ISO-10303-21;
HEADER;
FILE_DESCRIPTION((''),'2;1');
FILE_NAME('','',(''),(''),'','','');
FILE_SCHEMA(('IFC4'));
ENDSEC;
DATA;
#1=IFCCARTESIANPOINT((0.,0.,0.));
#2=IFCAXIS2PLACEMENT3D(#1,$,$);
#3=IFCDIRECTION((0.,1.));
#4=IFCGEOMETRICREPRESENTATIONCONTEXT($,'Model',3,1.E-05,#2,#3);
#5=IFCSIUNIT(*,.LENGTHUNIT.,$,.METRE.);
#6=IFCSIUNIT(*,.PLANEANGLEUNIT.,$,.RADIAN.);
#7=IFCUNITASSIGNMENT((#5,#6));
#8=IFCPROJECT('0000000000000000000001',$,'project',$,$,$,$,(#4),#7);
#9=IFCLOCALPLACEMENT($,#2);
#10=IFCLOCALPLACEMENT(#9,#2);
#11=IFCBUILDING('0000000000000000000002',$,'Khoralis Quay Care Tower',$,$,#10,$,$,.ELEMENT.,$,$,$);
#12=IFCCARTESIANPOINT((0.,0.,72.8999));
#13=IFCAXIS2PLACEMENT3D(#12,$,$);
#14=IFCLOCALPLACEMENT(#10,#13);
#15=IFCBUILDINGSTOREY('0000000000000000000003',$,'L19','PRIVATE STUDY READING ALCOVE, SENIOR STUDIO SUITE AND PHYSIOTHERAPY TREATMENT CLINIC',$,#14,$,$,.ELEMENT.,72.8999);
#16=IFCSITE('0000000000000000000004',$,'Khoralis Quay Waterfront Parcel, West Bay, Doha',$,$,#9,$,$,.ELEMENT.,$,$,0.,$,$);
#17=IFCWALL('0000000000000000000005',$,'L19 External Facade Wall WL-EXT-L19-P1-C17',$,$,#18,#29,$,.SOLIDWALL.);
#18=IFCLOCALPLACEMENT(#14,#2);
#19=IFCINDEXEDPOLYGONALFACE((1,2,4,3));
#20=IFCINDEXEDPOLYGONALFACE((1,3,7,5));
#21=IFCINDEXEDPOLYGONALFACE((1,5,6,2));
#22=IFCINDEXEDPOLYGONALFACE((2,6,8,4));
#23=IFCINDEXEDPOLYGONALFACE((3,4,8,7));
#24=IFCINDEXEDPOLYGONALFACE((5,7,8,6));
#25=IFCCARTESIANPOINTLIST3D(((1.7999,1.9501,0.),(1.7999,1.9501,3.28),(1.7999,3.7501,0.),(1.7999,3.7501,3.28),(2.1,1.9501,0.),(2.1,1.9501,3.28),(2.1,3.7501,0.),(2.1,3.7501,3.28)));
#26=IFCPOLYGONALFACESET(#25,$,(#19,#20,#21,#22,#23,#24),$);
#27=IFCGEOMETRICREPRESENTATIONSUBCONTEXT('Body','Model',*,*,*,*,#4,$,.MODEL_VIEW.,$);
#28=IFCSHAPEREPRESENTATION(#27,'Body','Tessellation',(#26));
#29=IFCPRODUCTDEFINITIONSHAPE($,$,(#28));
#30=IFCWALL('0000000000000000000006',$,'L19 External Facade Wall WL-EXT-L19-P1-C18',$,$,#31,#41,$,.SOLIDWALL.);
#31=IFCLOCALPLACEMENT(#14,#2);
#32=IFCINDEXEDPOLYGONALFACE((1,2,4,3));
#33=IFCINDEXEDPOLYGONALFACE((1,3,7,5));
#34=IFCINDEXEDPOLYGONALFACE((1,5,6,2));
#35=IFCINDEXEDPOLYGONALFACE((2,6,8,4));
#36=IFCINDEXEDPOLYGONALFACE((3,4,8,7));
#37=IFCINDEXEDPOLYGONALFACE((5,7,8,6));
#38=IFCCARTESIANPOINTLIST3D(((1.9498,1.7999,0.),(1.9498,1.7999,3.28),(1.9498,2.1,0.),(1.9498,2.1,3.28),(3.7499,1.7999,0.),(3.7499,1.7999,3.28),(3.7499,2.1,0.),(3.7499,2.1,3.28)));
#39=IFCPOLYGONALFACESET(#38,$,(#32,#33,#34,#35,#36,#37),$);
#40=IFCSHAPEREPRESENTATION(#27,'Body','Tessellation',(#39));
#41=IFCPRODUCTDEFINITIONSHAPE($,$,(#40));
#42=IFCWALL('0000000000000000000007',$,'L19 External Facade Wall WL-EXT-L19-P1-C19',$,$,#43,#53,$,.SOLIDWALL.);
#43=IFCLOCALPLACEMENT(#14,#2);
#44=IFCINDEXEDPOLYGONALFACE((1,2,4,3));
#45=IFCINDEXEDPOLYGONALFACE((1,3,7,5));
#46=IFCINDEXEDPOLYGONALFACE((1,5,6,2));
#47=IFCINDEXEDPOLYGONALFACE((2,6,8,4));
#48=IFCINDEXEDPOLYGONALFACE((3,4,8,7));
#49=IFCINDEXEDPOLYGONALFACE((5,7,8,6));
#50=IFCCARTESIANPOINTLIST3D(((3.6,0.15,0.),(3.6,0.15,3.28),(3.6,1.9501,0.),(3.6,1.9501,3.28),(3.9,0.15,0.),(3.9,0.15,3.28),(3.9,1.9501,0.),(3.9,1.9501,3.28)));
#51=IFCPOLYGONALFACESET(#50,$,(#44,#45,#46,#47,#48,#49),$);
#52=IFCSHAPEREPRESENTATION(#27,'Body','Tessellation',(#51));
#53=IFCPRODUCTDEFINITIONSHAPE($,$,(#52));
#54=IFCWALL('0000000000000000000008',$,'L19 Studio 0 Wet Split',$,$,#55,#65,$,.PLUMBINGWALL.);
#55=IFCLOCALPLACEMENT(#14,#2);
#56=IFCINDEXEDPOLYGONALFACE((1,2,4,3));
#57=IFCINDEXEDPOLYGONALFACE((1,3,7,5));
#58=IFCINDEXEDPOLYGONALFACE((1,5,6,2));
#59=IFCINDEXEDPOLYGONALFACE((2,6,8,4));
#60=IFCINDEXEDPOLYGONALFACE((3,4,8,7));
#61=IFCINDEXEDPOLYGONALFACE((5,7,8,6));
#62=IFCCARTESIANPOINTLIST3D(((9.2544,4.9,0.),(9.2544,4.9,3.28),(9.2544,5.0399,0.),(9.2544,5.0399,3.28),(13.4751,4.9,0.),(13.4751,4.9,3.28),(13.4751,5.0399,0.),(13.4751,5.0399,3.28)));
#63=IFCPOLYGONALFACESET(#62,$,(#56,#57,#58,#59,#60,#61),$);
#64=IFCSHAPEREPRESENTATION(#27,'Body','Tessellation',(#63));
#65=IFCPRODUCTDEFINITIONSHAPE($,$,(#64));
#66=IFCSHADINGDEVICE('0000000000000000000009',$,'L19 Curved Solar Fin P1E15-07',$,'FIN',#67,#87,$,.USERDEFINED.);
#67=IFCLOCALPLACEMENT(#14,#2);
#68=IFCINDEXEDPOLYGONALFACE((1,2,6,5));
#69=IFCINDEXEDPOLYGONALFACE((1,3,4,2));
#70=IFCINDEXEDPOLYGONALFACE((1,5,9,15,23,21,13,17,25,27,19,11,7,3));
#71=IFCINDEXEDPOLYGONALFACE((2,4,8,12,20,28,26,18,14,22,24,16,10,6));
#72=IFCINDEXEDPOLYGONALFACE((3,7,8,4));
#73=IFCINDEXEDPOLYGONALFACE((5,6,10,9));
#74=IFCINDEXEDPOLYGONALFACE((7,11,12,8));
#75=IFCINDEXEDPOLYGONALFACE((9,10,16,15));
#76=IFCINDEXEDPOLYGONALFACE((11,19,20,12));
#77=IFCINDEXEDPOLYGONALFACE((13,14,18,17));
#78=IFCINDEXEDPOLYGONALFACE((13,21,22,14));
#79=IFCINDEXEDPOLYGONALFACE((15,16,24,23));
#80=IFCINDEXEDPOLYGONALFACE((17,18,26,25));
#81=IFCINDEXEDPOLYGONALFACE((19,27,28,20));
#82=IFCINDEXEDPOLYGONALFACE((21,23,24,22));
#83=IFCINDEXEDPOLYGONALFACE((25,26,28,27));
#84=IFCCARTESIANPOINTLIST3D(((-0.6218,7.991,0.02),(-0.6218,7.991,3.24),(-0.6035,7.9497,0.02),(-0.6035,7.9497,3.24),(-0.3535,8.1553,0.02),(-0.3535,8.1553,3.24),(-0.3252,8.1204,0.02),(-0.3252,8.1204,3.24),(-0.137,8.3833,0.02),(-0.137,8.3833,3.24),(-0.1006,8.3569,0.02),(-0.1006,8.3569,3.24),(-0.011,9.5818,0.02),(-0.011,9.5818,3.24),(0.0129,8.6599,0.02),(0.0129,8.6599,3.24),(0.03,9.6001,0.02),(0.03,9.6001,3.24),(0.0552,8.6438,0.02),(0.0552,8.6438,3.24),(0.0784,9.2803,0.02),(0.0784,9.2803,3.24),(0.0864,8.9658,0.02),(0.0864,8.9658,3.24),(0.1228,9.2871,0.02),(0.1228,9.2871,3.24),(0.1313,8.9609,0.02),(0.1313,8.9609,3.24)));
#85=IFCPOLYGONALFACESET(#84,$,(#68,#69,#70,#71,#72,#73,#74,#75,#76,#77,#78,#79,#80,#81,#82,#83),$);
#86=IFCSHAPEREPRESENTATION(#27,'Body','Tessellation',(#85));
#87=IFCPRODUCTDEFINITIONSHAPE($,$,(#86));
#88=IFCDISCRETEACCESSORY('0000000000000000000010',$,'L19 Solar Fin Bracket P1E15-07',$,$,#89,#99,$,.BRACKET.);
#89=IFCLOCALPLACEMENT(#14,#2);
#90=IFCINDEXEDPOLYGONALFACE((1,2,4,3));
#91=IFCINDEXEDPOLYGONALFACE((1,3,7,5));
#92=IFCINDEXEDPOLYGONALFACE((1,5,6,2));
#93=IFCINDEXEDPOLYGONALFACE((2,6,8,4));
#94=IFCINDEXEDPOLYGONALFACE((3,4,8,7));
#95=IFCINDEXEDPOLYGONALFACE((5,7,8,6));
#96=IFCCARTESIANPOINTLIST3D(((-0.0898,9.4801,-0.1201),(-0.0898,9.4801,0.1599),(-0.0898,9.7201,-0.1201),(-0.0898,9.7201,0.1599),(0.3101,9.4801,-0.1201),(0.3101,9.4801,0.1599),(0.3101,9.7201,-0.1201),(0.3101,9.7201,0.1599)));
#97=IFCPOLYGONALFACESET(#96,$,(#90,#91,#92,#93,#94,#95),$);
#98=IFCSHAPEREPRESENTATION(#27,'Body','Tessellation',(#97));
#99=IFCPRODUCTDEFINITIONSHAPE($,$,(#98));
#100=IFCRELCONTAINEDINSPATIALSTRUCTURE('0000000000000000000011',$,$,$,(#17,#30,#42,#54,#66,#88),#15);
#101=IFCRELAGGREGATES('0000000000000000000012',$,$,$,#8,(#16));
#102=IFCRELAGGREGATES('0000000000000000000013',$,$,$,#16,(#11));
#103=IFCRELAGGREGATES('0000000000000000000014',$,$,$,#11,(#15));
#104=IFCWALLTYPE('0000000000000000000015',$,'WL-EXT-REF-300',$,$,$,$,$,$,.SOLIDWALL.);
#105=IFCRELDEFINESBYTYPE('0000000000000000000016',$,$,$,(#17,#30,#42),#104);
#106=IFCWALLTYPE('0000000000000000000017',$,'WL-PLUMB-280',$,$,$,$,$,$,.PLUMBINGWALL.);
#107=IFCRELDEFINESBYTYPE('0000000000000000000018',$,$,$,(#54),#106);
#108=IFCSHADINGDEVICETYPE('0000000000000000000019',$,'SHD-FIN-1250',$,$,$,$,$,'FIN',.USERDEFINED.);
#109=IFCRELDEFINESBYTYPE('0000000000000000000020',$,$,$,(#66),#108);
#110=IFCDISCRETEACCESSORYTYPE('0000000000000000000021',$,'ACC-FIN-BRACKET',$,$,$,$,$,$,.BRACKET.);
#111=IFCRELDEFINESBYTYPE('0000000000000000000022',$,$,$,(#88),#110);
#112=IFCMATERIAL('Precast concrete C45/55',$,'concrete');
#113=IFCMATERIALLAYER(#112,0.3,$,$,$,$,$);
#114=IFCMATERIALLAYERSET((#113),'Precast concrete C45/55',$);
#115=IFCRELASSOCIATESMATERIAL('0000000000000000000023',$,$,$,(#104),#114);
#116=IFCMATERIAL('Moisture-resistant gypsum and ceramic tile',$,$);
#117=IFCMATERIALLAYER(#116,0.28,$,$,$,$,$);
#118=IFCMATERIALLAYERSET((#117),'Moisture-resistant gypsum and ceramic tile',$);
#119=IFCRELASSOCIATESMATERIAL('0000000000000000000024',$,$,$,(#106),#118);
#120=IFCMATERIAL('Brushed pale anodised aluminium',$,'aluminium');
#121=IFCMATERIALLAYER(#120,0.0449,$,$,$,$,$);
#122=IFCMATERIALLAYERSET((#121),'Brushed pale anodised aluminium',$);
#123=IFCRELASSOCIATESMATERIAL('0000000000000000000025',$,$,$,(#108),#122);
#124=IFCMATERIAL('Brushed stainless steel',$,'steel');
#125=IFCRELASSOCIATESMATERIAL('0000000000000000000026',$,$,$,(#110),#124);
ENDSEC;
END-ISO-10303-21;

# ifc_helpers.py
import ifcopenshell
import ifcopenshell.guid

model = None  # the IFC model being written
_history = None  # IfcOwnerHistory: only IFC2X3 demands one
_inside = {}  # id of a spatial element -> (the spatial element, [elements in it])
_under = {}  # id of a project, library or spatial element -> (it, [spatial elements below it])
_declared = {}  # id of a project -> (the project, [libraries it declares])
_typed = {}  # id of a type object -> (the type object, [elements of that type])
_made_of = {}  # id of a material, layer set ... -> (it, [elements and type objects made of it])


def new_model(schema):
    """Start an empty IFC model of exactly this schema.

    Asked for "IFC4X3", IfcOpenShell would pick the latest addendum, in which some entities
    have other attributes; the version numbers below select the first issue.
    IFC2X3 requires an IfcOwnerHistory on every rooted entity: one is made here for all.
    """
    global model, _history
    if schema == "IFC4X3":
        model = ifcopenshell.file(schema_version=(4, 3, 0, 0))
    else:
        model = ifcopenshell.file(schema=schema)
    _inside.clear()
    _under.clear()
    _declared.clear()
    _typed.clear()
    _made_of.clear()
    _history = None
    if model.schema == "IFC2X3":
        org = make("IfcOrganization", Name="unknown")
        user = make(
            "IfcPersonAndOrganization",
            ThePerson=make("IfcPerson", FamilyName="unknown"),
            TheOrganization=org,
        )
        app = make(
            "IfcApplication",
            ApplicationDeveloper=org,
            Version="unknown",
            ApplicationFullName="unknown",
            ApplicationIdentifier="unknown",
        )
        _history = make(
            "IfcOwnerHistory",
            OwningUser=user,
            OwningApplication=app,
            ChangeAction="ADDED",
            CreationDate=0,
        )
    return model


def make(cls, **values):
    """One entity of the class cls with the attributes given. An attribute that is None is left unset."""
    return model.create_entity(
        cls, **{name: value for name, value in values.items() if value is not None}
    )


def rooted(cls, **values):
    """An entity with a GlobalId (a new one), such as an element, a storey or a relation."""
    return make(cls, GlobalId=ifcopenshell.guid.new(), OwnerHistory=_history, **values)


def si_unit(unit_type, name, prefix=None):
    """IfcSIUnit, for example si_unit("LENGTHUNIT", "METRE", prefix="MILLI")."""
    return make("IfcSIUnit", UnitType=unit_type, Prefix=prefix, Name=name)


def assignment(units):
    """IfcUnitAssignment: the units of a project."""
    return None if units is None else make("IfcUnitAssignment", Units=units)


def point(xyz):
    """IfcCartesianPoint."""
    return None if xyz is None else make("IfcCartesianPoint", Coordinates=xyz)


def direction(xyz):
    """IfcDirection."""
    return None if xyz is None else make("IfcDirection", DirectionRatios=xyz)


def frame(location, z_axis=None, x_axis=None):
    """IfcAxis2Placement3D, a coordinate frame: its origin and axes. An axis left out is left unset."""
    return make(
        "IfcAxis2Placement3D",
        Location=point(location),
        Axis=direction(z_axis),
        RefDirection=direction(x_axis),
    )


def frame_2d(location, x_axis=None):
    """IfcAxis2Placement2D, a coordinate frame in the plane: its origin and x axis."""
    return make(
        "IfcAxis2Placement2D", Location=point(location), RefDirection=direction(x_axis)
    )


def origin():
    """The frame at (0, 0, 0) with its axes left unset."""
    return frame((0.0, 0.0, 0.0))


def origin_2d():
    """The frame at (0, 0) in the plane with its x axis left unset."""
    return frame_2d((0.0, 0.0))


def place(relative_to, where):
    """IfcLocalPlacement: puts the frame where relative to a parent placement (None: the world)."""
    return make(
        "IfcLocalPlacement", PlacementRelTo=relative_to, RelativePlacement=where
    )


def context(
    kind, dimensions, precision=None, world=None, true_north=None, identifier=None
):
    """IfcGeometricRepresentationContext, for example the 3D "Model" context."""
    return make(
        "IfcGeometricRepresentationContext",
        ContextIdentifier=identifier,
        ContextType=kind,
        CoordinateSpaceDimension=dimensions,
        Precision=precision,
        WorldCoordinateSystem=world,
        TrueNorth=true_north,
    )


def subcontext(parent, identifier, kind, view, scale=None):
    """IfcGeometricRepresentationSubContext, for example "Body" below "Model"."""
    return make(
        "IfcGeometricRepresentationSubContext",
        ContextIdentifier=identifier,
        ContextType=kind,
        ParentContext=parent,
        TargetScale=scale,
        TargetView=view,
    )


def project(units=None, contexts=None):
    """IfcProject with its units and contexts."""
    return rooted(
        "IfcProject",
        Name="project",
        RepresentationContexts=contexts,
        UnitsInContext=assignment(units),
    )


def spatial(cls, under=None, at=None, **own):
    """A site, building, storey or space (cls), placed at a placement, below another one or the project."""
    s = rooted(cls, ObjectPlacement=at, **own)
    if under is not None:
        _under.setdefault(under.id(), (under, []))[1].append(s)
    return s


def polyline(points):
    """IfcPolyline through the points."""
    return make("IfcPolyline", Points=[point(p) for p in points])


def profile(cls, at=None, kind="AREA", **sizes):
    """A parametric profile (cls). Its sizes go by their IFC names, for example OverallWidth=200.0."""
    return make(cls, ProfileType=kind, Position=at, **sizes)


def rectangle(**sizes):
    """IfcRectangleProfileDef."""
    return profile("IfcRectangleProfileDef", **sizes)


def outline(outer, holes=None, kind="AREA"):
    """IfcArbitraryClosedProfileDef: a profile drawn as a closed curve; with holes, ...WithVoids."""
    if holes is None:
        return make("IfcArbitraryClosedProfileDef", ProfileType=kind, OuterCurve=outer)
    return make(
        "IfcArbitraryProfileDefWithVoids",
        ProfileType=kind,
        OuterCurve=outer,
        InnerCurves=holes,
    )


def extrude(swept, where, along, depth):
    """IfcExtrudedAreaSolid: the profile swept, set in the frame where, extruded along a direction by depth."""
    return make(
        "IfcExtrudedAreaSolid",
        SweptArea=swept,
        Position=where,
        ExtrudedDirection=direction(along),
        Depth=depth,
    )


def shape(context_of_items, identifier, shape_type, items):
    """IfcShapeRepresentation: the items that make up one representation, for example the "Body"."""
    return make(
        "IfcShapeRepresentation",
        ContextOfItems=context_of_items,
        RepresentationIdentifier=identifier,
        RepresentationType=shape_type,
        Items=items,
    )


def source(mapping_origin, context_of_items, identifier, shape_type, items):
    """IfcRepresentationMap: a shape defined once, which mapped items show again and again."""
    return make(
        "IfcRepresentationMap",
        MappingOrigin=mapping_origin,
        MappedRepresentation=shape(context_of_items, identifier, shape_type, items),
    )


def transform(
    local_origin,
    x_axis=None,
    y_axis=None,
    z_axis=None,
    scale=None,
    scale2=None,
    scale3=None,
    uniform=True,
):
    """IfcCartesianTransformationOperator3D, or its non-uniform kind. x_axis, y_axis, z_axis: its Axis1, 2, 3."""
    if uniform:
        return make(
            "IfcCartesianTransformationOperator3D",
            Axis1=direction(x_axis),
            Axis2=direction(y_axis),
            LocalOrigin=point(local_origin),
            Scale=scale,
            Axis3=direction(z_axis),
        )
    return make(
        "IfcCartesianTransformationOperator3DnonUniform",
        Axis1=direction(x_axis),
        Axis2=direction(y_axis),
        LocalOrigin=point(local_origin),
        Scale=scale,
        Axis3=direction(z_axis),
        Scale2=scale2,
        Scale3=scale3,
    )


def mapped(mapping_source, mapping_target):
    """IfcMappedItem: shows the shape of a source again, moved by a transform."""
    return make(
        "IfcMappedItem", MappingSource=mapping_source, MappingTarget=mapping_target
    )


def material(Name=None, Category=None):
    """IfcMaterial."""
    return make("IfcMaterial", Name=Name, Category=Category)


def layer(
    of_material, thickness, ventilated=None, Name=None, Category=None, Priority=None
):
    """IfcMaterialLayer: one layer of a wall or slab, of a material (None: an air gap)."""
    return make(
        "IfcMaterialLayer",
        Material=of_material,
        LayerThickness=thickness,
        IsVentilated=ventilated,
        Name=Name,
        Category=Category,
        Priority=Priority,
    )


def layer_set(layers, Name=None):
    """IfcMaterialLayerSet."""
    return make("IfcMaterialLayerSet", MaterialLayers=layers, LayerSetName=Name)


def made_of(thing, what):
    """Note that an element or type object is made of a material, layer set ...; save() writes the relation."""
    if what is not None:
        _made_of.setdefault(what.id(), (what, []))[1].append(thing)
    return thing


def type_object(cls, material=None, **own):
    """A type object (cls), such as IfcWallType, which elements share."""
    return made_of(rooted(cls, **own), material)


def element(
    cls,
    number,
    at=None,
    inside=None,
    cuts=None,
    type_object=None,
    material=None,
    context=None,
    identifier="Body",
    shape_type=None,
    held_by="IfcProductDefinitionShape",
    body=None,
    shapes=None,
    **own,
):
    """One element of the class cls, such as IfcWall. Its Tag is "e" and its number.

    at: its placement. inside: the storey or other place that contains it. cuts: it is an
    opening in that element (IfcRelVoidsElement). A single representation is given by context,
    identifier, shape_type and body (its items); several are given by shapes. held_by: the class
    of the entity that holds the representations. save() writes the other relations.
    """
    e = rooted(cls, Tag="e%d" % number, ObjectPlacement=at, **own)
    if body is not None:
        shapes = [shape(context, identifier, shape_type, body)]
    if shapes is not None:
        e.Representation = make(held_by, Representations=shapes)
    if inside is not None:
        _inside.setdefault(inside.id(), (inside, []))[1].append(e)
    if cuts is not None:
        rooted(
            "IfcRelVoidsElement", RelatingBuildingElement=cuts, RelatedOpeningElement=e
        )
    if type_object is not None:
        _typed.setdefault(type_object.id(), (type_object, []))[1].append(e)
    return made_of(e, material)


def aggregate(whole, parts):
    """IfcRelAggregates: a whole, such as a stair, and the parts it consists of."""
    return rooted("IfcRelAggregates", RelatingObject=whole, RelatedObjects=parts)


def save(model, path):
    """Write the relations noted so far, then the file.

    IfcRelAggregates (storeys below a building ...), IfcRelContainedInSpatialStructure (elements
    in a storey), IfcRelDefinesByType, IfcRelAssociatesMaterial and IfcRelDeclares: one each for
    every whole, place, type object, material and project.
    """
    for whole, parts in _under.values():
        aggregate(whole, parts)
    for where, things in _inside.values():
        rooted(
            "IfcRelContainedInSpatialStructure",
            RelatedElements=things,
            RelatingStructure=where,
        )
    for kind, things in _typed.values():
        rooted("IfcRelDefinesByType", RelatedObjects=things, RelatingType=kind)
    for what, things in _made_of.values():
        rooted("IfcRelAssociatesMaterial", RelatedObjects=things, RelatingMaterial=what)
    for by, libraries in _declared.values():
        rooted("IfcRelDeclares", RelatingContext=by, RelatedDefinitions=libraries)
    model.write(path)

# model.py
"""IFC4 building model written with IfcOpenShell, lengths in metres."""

from ifc_helpers import new_model, si_unit, direction, frame, frame_2d, origin, origin_2d, place, context, subcontext, project, spatial, polyline, rectangle, outline, extrude, source, transform, mapped, material, layer, layer_set, type_object, element, save


model = new_model("IFC4")

# Units and contexts
model_context = context("Model", 3, precision=1e-05, world=origin(), true_north=direction((0.0, 1.0)))
body_context = subcontext(model_context, "Body", "Model", "MODEL_VIEW")
ifc_project = project(units=[si_unit("LENGTHUNIT", "METRE"), si_unit("PLANEANGLEUNIT", "RADIAN")], contexts=[model_context])

# Site, building, storey
site_placement = place(None, origin())
site = spatial("IfcSite", under=ifc_project, at=site_placement, Name="Khoralis Quay Waterfront Parcel, West Bay, Doha", CompositionType="ELEMENT", RefElevation=0.0)
building_placement = place(site_placement, origin())
building = spatial("IfcBuilding", under=site, at=building_placement, Name="Khoralis Quay Care Tower", CompositionType="ELEMENT")
storey_placement = place(building_placement, frame((0.0, 0.0, 72.8999)))
storey = spatial("IfcBuildingStorey", under=building, at=storey_placement, Name="L19", Description="PRIVATE STUDY READING ALCOVE, SENIOR STUDIO SUITE AND PHYSIOTHERAPY TREATMENT CLINIC", CompositionType="ELEMENT", Elevation=72.8999)

# Walls
ifc_material_1 = material(Name="Precast concrete C45/55", Category="concrete")
ifc_layer_1 = layer(ifc_material_1, 0.3)
ifc_layer_set_1 = layer_set([ifc_layer_1], Name="Precast concrete C45/55")
wall_type_1 = type_object("IfcWallType", Name="WL-EXT-REF-300", PredefinedType="SOLIDWALL", material=ifc_layer_set_1)
for number, where, z_axis, x_axis, name in (
    (1, (1.95, 3.75, 0.0), (0.0, 0.0, 1.0), (0.0, -1.0, 0.0), "L19 External Facade Wall WL-EXT-L19-P1-C17"),
    (2, (1.95, 1.95, 0.0), (0.0, 0.0, 1.0), (1.0, 0.0, 0.0), "L19 External Facade Wall WL-EXT-L19-P1-C18"),
    (3, (3.75, 1.95, 0.0), (0.0, 0.0, 1.0), (0.0, -1.0, 0.0), "L19 External Facade Wall WL-EXT-L19-P1-C19"),
):
    element("IfcWall", number, at=place(storey_placement, frame(where, z_axis=z_axis, x_axis=x_axis)), inside=storey, type_object=wall_type_1, Name=name, PredefinedType="SOLIDWALL", context=body_context, shape_type="SweptSolid", body=[
        extrude(rectangle(XDim=1.8, YDim=0.3, at=frame_2d((0.8999, 0.0))), origin(), (0.0, 0.0, 1.0), 3.28),
    ])
ifc_material_2 = material(Name="Moisture-resistant gypsum and ceramic tile")
ifc_layer_2 = layer(ifc_material_2, 0.28)
ifc_layer_set_2 = layer_set([ifc_layer_2], Name="Moisture-resistant gypsum and ceramic tile")
wall_type_2 = type_object("IfcWallType", Name="WL-PLUMB-280", PredefinedType="PLUMBINGWALL", material=ifc_layer_set_2)
wall_1_placement = place(storey_placement, frame((9.2544, 4.97, 0.0), z_axis=(0.0, 0.0, 1.0), x_axis=(1.0, 0.0, 0.0)))
element("IfcWall", 4, at=wall_1_placement, inside=storey, type_object=wall_type_2, Name="L19 Studio 0 Wet Split", PredefinedType="PLUMBINGWALL", context=body_context, shape_type="SweptSolid", body=[
    extrude(rectangle(XDim=4.2207, YDim=0.1399, at=frame_2d((2.1104, 0.0))), origin(), (0.0, 0.0, 1.0), 3.28),
])

# Shading device
ifc_material_3 = material(Name="Brushed pale anodised aluminium", Category="aluminium")
ifc_layer_3 = layer(ifc_material_3, 0.0449)
ifc_layer_set_3 = layer_set([ifc_layer_3], Name="Brushed pale anodised aluminium")
shading_device_type = type_object("IfcShadingDeviceType", Name="SHD-FIN-1250", ElementType="FIN", PredefinedType="USERDEFINED", material=ifc_layer_set_3)
shared_shape_1 = source(origin(), body_context, "Body", "SweptSolid", [
    extrude(outline(polyline([(0.0, 0.0), (-0.0928, 0.313), (-0.1013, 0.6392), (-0.0251, 0.9563), (0.1306, 1.2432), (0.3552, 1.4797), (0.6335, 1.6504), (0.6519, 1.6091), (0.3835, 1.4448), (0.167, 1.2168), (0.0171, 0.9402), (-0.0564, 0.6343), (-0.0483, 0.3198), (0.041, 0.0183), (0.0, 0.0)])), origin(), (0.0, 0.0, 1.0), 3.22),
])
shading_device_placement = place(storey_placement, frame((0.03, 9.6001, 0.02), z_axis=(0.0, 0.0, 1.0), x_axis=(-1.0, 0.0, 0.0)))
element("IfcShadingDevice", 5, at=shading_device_placement, inside=storey, type_object=shading_device_type, Name="L19 Curved Solar Fin P1E15-07", ObjectType="FIN", PredefinedType="USERDEFINED", context=body_context, shape_type="MappedRepresentation", body=[
    mapped(shared_shape_1, transform((0.0, 0.0, 0.0), scale=1.0)),
])

# Discrete accessory
ifc_material_4 = material(Name="Brushed stainless steel", Category="steel")
discrete_accessory_type = type_object("IfcDiscreteAccessoryType", Name="ACC-FIN-BRACKET", PredefinedType="BRACKET", material=ifc_material_4)
shared_shape_2 = source(origin(), body_context, "Body", "SweptSolid", [
    extrude(rectangle(XDim=0.3999, YDim=0.24, at=origin_2d()), origin(), (0.0, 0.0, 1.0), 0.28),
])
discrete_accessory_placement = place(storey_placement, frame((0.1101, 9.6001, -0.1201), z_axis=(0.0, 0.0, 1.0), x_axis=(-1.0, 0.0, 0.0)))
element("IfcDiscreteAccessory", 6, at=discrete_accessory_placement, inside=storey, type_object=discrete_accessory_type, Name="L19 Solar Fin Bracket P1E15-07", PredefinedType="BRACKET", context=body_context, shape_type="MappedRepresentation", body=[
    mapped(shared_shape_2, transform((0.0, 0.0, 0.0), scale=1.0)),
])

save(model, "model.ifc")
